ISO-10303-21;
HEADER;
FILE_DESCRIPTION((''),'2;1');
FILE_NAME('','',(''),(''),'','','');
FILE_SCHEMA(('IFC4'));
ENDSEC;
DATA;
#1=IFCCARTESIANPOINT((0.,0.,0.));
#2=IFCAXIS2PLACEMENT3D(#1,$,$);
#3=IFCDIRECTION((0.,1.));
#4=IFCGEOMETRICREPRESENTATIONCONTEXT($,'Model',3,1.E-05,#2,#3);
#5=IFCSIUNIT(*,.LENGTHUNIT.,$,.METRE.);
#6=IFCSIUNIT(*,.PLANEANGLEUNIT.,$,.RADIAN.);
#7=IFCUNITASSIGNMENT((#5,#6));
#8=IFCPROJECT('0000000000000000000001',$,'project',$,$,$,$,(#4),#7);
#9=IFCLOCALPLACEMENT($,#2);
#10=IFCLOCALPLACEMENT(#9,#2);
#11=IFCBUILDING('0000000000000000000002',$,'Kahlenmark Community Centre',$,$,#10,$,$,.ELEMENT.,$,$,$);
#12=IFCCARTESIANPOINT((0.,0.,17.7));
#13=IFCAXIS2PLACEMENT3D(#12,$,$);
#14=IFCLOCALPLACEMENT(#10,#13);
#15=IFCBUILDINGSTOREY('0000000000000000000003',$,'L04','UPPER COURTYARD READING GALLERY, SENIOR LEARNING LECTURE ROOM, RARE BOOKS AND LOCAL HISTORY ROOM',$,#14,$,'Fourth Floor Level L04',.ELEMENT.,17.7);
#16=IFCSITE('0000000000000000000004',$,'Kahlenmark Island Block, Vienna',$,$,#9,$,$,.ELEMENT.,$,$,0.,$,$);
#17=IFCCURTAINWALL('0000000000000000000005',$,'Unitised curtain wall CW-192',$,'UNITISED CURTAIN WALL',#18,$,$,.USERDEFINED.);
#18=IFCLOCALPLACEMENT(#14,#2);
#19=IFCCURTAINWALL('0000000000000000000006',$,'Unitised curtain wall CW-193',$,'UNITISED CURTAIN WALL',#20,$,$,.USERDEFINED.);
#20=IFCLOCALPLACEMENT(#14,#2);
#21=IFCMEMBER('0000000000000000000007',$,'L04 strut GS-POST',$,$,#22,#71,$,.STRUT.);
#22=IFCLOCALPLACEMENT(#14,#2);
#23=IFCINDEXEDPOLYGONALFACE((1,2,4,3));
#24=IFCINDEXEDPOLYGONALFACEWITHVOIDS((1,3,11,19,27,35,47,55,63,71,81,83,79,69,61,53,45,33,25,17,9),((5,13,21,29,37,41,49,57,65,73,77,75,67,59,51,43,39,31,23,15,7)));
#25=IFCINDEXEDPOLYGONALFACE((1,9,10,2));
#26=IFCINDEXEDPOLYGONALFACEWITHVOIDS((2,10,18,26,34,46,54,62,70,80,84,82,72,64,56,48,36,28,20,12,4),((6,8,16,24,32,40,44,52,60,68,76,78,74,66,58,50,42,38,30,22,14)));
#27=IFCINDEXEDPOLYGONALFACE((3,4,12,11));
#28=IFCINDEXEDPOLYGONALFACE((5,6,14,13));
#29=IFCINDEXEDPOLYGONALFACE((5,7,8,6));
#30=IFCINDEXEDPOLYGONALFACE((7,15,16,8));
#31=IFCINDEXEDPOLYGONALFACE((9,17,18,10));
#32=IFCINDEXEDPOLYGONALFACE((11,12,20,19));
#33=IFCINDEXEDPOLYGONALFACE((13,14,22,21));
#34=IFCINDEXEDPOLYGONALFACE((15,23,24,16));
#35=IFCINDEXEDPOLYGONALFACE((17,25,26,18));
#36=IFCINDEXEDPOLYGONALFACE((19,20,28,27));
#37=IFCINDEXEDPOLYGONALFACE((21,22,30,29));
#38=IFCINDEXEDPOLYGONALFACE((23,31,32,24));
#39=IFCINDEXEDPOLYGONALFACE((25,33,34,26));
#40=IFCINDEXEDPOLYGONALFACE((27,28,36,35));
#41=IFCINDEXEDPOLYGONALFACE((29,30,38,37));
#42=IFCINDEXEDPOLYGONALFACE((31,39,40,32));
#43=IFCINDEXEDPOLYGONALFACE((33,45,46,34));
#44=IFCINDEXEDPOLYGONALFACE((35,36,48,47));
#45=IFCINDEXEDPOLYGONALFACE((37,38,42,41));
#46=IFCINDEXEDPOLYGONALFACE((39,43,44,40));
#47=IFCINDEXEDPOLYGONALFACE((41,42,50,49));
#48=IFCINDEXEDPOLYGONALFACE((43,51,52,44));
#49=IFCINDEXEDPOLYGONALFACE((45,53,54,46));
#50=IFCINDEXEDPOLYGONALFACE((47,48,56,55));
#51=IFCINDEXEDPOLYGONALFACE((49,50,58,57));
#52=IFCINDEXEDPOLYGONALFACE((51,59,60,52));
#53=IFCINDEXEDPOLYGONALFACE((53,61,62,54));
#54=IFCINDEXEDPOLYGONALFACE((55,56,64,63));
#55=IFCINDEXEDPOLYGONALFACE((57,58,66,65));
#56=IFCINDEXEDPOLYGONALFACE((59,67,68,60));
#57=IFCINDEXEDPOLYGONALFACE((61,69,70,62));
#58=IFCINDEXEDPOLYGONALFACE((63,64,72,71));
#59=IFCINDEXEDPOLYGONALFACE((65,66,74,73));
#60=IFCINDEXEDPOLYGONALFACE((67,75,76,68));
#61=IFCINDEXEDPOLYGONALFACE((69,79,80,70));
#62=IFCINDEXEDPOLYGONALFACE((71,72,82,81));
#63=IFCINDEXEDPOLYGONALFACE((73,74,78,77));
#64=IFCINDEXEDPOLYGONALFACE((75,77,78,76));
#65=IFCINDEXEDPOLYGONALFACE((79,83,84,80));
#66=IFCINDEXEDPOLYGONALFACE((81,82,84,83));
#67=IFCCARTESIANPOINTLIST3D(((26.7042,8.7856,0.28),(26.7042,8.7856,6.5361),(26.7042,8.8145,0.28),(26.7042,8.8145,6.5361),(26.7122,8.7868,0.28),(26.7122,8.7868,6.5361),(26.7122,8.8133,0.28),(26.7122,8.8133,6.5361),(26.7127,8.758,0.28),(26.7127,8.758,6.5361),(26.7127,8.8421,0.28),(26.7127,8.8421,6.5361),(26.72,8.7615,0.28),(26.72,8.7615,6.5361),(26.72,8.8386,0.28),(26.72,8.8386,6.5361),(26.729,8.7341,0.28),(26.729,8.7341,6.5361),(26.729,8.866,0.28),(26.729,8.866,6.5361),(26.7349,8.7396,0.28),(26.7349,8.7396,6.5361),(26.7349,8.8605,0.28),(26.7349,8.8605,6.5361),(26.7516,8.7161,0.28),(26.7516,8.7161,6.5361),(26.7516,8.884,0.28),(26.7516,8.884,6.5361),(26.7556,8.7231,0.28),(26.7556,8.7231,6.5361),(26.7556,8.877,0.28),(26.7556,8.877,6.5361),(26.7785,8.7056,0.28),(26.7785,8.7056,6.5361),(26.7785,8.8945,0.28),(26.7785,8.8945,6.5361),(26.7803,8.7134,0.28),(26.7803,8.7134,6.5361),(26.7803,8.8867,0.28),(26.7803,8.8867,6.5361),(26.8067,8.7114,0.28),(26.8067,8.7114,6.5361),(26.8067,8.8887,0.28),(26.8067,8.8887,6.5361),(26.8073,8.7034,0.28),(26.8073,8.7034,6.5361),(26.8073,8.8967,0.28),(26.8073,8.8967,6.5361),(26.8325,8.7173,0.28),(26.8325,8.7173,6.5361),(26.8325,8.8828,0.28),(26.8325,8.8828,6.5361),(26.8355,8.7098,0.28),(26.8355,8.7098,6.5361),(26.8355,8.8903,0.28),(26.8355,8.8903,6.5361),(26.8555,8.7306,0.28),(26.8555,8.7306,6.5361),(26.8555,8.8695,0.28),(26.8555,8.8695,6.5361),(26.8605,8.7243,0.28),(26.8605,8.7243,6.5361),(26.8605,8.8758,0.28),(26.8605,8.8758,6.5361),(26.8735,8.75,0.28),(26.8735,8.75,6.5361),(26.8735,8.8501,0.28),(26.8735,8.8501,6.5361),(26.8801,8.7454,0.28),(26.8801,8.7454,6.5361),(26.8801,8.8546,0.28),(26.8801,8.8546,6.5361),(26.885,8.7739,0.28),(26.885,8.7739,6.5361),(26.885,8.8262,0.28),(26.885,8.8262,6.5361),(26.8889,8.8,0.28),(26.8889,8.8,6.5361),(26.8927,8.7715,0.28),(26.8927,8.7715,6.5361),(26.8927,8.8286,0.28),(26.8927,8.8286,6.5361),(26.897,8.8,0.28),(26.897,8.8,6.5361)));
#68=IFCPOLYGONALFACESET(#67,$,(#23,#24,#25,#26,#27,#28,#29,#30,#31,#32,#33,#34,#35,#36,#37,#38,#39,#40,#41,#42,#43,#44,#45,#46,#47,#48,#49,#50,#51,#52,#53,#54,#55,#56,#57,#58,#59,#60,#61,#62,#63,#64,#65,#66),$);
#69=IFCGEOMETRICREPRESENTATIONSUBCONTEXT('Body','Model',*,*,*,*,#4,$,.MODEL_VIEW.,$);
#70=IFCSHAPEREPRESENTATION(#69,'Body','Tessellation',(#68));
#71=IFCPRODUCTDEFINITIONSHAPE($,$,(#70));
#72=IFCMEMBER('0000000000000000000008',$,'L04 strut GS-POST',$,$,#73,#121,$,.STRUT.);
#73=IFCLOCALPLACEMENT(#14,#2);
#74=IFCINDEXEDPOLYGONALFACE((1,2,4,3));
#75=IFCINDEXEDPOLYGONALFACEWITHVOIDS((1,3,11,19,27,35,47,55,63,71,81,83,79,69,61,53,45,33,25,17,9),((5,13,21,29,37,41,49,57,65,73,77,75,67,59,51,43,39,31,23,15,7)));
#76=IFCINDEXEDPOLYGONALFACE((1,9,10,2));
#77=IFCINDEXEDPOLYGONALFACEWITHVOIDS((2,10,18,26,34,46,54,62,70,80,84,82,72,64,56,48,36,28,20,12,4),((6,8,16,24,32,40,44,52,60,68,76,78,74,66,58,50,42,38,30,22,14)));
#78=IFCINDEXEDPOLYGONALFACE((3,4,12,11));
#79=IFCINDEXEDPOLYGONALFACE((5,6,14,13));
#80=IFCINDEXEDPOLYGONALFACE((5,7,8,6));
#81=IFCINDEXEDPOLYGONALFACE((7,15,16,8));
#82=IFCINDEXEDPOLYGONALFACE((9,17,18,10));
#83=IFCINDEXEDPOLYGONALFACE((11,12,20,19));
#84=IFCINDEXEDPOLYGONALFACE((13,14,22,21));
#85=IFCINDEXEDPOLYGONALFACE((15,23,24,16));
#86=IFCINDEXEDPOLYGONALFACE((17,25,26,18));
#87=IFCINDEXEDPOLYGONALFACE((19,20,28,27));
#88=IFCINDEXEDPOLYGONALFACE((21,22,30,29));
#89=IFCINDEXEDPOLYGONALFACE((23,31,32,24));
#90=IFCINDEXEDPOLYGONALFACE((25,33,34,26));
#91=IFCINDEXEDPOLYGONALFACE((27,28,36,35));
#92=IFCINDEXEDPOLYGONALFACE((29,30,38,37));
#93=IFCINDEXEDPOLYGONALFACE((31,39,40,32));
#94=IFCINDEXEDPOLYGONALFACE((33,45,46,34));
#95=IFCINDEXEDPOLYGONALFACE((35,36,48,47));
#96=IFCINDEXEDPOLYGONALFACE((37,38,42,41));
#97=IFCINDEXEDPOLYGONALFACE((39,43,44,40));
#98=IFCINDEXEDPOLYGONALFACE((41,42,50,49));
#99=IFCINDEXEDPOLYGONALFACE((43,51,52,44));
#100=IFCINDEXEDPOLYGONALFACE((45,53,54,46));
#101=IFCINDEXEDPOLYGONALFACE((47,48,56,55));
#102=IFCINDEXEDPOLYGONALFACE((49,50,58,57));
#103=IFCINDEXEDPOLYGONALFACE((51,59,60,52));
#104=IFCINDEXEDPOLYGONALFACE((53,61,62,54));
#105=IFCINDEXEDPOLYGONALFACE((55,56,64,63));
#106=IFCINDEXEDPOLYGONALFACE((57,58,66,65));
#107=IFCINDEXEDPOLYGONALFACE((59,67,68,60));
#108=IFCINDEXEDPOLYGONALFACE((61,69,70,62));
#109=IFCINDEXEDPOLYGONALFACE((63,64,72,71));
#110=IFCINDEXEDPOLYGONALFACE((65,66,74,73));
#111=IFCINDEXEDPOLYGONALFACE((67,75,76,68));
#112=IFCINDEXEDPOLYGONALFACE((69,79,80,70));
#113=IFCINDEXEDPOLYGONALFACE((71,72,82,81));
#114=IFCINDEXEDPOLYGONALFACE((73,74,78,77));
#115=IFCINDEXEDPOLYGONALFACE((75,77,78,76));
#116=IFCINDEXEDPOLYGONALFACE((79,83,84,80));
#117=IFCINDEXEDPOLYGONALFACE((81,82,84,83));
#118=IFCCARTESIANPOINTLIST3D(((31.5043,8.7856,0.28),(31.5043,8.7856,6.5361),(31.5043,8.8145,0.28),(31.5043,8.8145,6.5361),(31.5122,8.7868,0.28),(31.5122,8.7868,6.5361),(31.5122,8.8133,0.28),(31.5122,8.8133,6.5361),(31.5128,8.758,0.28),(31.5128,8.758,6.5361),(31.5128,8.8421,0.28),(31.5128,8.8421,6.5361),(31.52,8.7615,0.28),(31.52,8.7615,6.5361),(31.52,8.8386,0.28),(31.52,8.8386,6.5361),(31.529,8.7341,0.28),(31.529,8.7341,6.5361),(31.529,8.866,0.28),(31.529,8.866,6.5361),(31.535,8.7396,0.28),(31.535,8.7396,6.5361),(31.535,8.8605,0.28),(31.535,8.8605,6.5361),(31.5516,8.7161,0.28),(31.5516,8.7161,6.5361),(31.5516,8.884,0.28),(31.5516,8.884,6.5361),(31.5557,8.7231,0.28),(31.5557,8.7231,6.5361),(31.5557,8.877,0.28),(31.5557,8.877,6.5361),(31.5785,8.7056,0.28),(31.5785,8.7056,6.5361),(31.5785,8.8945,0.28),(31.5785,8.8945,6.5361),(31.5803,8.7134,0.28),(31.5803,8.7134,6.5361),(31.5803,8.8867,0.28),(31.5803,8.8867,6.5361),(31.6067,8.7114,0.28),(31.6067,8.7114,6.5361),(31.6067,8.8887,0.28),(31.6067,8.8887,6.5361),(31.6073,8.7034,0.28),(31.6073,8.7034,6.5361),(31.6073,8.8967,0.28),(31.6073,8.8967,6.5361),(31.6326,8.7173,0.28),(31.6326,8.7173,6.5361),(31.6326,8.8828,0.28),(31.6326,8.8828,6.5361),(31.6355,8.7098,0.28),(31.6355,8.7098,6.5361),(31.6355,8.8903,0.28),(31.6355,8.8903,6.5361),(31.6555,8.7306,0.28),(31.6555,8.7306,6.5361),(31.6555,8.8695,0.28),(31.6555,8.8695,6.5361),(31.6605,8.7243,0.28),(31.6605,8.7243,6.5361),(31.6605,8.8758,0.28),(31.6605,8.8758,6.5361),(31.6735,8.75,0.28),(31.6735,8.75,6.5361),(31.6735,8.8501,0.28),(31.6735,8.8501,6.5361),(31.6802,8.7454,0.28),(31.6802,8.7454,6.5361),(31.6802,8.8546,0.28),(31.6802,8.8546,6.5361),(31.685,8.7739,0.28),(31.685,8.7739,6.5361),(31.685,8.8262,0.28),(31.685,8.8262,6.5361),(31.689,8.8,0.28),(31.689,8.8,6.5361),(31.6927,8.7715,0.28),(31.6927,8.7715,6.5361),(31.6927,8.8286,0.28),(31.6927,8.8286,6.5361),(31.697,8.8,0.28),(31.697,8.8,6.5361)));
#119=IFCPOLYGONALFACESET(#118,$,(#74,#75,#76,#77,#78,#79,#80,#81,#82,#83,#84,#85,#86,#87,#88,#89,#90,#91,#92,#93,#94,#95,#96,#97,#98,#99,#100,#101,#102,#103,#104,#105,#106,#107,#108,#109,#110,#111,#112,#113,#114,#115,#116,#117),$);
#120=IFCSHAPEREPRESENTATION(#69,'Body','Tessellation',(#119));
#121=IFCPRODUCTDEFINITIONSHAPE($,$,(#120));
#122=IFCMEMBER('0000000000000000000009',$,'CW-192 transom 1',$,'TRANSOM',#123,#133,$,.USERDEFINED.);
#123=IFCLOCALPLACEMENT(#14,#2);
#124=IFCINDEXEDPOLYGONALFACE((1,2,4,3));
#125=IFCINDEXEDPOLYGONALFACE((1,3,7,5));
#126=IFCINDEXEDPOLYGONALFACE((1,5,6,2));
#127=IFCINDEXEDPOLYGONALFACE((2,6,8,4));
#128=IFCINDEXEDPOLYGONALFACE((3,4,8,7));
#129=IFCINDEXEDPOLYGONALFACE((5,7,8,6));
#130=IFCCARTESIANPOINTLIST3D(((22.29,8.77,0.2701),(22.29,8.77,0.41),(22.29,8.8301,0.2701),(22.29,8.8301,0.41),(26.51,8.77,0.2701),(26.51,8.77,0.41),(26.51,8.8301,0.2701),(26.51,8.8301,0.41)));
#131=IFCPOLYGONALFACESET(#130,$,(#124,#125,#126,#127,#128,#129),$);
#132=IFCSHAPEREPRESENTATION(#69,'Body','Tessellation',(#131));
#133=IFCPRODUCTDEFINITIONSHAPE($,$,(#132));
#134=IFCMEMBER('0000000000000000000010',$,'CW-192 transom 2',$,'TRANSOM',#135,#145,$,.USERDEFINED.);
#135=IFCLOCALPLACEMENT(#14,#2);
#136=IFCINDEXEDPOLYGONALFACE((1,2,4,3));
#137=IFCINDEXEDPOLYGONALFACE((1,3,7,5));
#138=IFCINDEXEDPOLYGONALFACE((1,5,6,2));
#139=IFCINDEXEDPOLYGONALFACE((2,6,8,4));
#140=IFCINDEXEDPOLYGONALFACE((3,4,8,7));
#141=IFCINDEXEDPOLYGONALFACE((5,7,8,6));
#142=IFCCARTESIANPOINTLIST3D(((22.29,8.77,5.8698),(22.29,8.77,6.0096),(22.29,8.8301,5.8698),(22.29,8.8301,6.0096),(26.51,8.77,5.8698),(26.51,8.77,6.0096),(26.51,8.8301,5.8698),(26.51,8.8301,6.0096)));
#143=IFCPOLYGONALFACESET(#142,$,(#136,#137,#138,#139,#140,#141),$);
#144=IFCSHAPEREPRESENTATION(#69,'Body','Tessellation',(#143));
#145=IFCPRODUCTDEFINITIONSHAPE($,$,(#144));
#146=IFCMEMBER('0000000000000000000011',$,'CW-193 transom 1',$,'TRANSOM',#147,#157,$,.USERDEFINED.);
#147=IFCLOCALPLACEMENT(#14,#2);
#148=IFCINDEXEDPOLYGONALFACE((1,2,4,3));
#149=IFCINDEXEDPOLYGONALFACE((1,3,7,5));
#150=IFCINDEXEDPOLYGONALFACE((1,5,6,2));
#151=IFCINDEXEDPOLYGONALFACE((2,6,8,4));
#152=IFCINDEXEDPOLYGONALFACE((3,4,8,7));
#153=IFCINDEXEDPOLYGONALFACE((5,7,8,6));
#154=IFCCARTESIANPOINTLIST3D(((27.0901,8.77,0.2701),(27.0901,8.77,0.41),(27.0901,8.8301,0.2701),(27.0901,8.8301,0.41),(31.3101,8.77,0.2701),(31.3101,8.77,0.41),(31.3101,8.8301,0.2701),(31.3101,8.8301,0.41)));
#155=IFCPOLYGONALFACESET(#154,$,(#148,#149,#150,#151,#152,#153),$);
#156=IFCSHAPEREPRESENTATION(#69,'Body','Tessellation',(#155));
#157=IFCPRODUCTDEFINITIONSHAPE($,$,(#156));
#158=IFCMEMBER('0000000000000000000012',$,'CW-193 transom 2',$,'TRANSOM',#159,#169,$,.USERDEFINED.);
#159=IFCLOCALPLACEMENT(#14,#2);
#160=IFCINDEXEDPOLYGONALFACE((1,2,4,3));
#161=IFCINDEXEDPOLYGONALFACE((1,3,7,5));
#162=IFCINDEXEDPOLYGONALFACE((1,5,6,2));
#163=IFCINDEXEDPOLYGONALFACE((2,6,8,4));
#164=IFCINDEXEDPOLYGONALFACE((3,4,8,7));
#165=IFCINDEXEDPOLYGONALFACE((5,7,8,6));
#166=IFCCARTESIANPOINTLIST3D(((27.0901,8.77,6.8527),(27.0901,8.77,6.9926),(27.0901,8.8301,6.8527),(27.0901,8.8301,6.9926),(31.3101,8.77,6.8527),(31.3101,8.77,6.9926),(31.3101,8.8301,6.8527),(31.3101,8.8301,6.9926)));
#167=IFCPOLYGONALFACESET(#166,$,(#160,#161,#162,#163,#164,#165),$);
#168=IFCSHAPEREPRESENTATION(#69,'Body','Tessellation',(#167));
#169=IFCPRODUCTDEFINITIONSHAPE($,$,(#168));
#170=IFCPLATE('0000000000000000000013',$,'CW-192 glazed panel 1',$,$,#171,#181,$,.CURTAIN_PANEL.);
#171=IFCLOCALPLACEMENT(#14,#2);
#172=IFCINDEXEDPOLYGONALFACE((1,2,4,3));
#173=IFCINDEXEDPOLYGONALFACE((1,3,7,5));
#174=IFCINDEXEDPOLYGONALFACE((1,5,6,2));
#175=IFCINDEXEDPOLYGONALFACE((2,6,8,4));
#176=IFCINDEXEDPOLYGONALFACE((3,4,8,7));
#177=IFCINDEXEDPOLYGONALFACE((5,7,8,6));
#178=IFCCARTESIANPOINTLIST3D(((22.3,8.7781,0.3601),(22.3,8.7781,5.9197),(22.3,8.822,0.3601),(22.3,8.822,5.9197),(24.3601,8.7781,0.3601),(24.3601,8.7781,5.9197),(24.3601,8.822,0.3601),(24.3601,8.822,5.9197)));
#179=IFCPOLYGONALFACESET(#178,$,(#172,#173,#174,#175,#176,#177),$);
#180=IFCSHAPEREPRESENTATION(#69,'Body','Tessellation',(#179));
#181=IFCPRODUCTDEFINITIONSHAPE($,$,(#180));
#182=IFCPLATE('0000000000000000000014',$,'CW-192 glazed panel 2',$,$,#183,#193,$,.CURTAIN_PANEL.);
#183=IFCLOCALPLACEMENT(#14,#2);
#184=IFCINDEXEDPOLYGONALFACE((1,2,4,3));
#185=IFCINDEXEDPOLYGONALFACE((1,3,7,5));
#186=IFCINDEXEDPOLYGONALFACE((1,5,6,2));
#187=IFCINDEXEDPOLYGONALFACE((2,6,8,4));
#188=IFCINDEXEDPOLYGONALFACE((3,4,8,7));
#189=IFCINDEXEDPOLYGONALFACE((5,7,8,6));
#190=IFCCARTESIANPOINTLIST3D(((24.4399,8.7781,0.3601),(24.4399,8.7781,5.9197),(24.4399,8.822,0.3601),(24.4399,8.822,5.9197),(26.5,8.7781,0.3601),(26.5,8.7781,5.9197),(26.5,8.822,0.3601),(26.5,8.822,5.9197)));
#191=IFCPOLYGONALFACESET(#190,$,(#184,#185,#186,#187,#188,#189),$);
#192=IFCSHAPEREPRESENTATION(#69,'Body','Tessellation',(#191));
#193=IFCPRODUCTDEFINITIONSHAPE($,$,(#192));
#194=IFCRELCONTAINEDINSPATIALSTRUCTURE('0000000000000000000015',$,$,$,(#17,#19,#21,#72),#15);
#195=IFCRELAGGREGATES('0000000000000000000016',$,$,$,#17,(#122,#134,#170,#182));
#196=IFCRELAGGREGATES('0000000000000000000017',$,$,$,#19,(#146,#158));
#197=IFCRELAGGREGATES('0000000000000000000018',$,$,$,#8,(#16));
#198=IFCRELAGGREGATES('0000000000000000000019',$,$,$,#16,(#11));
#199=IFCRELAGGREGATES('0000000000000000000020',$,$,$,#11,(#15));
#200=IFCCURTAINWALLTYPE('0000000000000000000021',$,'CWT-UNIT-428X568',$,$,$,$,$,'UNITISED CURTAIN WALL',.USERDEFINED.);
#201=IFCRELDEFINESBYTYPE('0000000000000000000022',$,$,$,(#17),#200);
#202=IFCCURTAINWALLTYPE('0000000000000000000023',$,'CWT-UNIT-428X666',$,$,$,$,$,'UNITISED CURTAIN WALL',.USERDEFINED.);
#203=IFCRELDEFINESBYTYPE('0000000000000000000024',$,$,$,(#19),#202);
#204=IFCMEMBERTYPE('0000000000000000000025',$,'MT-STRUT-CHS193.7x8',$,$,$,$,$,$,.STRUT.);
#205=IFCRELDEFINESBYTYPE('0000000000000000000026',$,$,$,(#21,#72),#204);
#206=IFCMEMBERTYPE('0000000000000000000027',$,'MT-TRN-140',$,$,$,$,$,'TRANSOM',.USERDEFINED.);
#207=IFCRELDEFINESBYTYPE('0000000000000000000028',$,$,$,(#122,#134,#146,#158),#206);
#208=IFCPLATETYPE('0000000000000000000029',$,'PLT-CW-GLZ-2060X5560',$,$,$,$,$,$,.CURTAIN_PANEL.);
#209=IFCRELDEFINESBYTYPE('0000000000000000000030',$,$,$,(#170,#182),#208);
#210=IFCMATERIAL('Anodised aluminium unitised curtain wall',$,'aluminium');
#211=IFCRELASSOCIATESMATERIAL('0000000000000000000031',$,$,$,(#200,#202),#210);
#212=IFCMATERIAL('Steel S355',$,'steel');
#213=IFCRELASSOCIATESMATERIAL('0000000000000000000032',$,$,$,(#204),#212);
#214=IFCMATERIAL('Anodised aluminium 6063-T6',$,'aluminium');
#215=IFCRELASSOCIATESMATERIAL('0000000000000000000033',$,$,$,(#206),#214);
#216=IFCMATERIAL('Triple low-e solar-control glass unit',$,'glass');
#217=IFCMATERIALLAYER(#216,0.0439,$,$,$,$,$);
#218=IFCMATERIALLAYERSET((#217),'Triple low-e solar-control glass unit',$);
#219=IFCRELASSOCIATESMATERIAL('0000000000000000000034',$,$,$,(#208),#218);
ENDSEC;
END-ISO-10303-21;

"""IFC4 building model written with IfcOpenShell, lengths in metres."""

from ifc_helpers import new_model, si_unit, direction, frame, origin, origin_2d, place, context, subcontext, project, spatial, rectangle, hollow_circle, extrude, material, layer, layer_set, material_profile, profile_set, type_object, element, aggregate, save


model = new_model("IFC4")

# Units and contexts
model_context = context("Model", 3, precision=1e-05, world=origin(), true_north=direction((0.0, 1.0)))
body_context = subcontext(model_context, "Body", "Model", "MODEL_VIEW")
ifc_project = project(units=[si_unit("LENGTHUNIT", "METRE"), si_unit("PLANEANGLEUNIT", "RADIAN")], contexts=[model_context])

# Site, building, storey
site_placement = place(None, origin())
site = spatial("IfcSite", under=ifc_project, at=site_placement, Name="Kahlenmark Island Block, Vienna", CompositionType="ELEMENT", RefElevation=0.0)
building_placement = place(site_placement, origin())
building = spatial("IfcBuilding", under=site, at=building_placement, Name="Kahlenmark Community Centre", CompositionType="ELEMENT")
storey_placement = place(building_placement, frame((0.0, 0.0, 17.7)))
storey = spatial("IfcBuildingStorey", under=building, at=storey_placement, Name="L04", Description="UPPER COURTYARD READING GALLERY, SENIOR LEARNING LECTURE ROOM, RARE BOOKS AND LOCAL HISTORY ROOM", LongName="Fourth Floor Level L04", CompositionType="ELEMENT", Elevation=17.7)

# Shared definitions
ifc_material_1 = material(Name="Steel S355", Category="steel")

# Shared definitions
ifc_material_2 = material(Name="Anodised aluminium unitised curtain wall", Category="aluminium")
ifc_material_3 = material(Name="Anodised aluminium 6063-T6", Category="aluminium")

# Curtain walls
curtain_wall_type_1 = type_object("IfcCurtainWallType", Name="CWT-UNIT-428X568", ElementType="UNITISED CURTAIN WALL", PredefinedType="USERDEFINED", material=ifc_material_2)
curtain_wall_1_placement = place(storey_placement, origin())
curtain_wall_1 = element("IfcCurtainWall", 1, at=curtain_wall_1_placement, inside=storey, type_object=curtain_wall_type_1, Name="Unitised curtain wall CW-192", ObjectType="UNITISED CURTAIN WALL", PredefinedType="USERDEFINED")
curtain_wall_type_2 = type_object("IfcCurtainWallType", Name="CWT-UNIT-428X666", ElementType="UNITISED CURTAIN WALL", PredefinedType="USERDEFINED", material=ifc_material_2)
curtain_wall_2_placement = place(storey_placement, origin())
curtain_wall_2 = element("IfcCurtainWall", 2, at=curtain_wall_2_placement, inside=storey, type_object=curtain_wall_type_2, Name="Unitised curtain wall CW-193", ObjectType="UNITISED CURTAIN WALL", PredefinedType="USERDEFINED")

# Members
ifc_material_profile_1 = material_profile(ifc_material_1, hollow_circle(Radius=0.0969, WallThickness=0.0081, at=origin_2d()), Name="CHS 193.7x8")
ifc_profile_set_1 = profile_set([ifc_material_profile_1], Name="Steel S355")
member_type_1 = type_object("IfcMemberType", Name="MT-STRUT-CHS193.7x8", PredefinedType="STRUT", material=ifc_profile_set_1)
for number, where, z_axis, x_axis, name in (
    (3, (26.8, 8.8, 0.28), (0.0, 0.0, 1.0), (1.0, 0.0, 0.0), "L04 strut GS-POST"),
    (4, (31.6001, 8.8, 0.28), (0.0, 0.0, 1.0), (1.0, 0.0, 0.0), "L04 strut GS-POST"),
):
    element("IfcMember", number, at=place(storey_placement, frame(where, z_axis=z_axis, x_axis=x_axis)), inside=storey, type_object=member_type_1, Name=name, PredefinedType="STRUT", context=body_context, shape_type="SweptSolid", body=[
        extrude(hollow_circle(Radius=0.0969, WallThickness=0.0081, at=origin_2d()), origin(), (0.0, 0.0, 1.0), 6.2561),
    ])

# Members
ifc_material_profile_2 = material_profile(ifc_material_3, rectangle(XDim=0.0601, YDim=0.1399, at=origin_2d()), Name="ALU TRANSOM 60x140")
ifc_profile_set_2 = profile_set([ifc_material_profile_2], Name="Anodised aluminium 6063-T6")
member_type_2 = type_object("IfcMemberType", Name="MT-TRN-140", ElementType="TRANSOM", PredefinedType="USERDEFINED", material=ifc_profile_set_2)
member_1_placement = place(storey_placement, frame((22.29, 8.8, 0.3401), z_axis=(1.0, 0.0, 0.0), x_axis=(0.0, 1.0, 0.0)))
member_1 = element("IfcMember", 5, at=member_1_placement, type_object=member_type_2, Name="CW-192 transom 1", ObjectType="TRANSOM", PredefinedType="USERDEFINED", context=body_context, shape_type="SweptSolid", body=[
    extrude(rectangle(XDim=0.0601, YDim=0.1399, at=origin_2d()), origin(), (0.0, 0.0, 1.0), 4.22),
])
member_2_placement = place(storey_placement, frame((22.29, 8.8, 5.9397), z_axis=(1.0, 0.0, 0.0), x_axis=(0.0, 1.0, 0.0)))
member_2 = element("IfcMember", 6, at=member_2_placement, type_object=member_type_2, Name="CW-192 transom 2", ObjectType="TRANSOM", PredefinedType="USERDEFINED", context=body_context, shape_type="SweptSolid", body=[
    extrude(rectangle(XDim=0.0601, YDim=0.1399, at=origin_2d()), origin(), (0.0, 0.0, 1.0), 4.22),
])
member_3_placement = place(storey_placement, frame((27.0901, 8.8, 0.3401), z_axis=(1.0, 0.0, 0.0), x_axis=(0.0, 1.0, 0.0)))
member_3 = element("IfcMember", 7, at=member_3_placement, type_object=member_type_2, Name="CW-193 transom 1", ObjectType="TRANSOM", PredefinedType="USERDEFINED", context=body_context, shape_type="SweptSolid", body=[
    extrude(rectangle(XDim=0.0601, YDim=0.1399, at=origin_2d()), origin(), (0.0, 0.0, 1.0), 4.22),
])
member_4_placement = place(storey_placement, frame((27.0901, 8.8, 6.9226), z_axis=(1.0, 0.0, 0.0), x_axis=(0.0, 1.0, 0.0)))
member_4 = element("IfcMember", 8, at=member_4_placement, type_object=member_type_2, Name="CW-193 transom 2", ObjectType="TRANSOM", PredefinedType="USERDEFINED", context=body_context, shape_type="SweptSolid", body=[
    extrude(rectangle(XDim=0.0601, YDim=0.1399, at=origin_2d()), origin(), (0.0, 0.0, 1.0), 4.22),
])

# Plates
ifc_material_4 = material(Name="Triple low-e solar-control glass unit", Category="glass")
ifc_layer_1 = layer(ifc_material_4, 0.0439)
ifc_layer_set_1 = layer_set([ifc_layer_1], Name="Triple low-e solar-control glass unit")
plate_type_1 = type_object("IfcPlateType", Name="PLT-CW-GLZ-2060X5560", PredefinedType="CURTAIN_PANEL", material=ifc_layer_set_1)
plate_1_placement = place(storey_placement, frame((23.3301, 8.8, 0.3601), z_axis=(0.0, 0.0, 1.0), x_axis=(1.0, 0.0, 0.0)))
plate_1 = element("IfcPlate", 9, at=plate_1_placement, type_object=plate_type_1, Name="CW-192 glazed panel 1", PredefinedType="CURTAIN_PANEL", context=body_context, shape_type="SweptSolid", body=[
    extrude(rectangle(XDim=2.0601, YDim=0.0439, at=origin_2d()), origin(), (0.0, 0.0, 1.0), 5.5596),
])
plate_2_placement = place(storey_placement, frame((25.47, 8.8, 0.3601), z_axis=(0.0, 0.0, 1.0), x_axis=(1.0, 0.0, 0.0)))
plate_2 = element("IfcPlate", 10, at=plate_2_placement, type_object=plate_type_1, Name="CW-192 glazed panel 2", PredefinedType="CURTAIN_PANEL", context=body_context, shape_type="SweptSolid", body=[
    extrude(rectangle(XDim=2.0601, YDim=0.0439, at=origin_2d()), origin(), (0.0, 0.0, 1.0), 5.5596),
])
aggregate(curtain_wall_1, [member_1, member_2, plate_1, plate_2])
aggregate(curtain_wall_2, [member_3, member_4])

save(model, "model.ifc")
